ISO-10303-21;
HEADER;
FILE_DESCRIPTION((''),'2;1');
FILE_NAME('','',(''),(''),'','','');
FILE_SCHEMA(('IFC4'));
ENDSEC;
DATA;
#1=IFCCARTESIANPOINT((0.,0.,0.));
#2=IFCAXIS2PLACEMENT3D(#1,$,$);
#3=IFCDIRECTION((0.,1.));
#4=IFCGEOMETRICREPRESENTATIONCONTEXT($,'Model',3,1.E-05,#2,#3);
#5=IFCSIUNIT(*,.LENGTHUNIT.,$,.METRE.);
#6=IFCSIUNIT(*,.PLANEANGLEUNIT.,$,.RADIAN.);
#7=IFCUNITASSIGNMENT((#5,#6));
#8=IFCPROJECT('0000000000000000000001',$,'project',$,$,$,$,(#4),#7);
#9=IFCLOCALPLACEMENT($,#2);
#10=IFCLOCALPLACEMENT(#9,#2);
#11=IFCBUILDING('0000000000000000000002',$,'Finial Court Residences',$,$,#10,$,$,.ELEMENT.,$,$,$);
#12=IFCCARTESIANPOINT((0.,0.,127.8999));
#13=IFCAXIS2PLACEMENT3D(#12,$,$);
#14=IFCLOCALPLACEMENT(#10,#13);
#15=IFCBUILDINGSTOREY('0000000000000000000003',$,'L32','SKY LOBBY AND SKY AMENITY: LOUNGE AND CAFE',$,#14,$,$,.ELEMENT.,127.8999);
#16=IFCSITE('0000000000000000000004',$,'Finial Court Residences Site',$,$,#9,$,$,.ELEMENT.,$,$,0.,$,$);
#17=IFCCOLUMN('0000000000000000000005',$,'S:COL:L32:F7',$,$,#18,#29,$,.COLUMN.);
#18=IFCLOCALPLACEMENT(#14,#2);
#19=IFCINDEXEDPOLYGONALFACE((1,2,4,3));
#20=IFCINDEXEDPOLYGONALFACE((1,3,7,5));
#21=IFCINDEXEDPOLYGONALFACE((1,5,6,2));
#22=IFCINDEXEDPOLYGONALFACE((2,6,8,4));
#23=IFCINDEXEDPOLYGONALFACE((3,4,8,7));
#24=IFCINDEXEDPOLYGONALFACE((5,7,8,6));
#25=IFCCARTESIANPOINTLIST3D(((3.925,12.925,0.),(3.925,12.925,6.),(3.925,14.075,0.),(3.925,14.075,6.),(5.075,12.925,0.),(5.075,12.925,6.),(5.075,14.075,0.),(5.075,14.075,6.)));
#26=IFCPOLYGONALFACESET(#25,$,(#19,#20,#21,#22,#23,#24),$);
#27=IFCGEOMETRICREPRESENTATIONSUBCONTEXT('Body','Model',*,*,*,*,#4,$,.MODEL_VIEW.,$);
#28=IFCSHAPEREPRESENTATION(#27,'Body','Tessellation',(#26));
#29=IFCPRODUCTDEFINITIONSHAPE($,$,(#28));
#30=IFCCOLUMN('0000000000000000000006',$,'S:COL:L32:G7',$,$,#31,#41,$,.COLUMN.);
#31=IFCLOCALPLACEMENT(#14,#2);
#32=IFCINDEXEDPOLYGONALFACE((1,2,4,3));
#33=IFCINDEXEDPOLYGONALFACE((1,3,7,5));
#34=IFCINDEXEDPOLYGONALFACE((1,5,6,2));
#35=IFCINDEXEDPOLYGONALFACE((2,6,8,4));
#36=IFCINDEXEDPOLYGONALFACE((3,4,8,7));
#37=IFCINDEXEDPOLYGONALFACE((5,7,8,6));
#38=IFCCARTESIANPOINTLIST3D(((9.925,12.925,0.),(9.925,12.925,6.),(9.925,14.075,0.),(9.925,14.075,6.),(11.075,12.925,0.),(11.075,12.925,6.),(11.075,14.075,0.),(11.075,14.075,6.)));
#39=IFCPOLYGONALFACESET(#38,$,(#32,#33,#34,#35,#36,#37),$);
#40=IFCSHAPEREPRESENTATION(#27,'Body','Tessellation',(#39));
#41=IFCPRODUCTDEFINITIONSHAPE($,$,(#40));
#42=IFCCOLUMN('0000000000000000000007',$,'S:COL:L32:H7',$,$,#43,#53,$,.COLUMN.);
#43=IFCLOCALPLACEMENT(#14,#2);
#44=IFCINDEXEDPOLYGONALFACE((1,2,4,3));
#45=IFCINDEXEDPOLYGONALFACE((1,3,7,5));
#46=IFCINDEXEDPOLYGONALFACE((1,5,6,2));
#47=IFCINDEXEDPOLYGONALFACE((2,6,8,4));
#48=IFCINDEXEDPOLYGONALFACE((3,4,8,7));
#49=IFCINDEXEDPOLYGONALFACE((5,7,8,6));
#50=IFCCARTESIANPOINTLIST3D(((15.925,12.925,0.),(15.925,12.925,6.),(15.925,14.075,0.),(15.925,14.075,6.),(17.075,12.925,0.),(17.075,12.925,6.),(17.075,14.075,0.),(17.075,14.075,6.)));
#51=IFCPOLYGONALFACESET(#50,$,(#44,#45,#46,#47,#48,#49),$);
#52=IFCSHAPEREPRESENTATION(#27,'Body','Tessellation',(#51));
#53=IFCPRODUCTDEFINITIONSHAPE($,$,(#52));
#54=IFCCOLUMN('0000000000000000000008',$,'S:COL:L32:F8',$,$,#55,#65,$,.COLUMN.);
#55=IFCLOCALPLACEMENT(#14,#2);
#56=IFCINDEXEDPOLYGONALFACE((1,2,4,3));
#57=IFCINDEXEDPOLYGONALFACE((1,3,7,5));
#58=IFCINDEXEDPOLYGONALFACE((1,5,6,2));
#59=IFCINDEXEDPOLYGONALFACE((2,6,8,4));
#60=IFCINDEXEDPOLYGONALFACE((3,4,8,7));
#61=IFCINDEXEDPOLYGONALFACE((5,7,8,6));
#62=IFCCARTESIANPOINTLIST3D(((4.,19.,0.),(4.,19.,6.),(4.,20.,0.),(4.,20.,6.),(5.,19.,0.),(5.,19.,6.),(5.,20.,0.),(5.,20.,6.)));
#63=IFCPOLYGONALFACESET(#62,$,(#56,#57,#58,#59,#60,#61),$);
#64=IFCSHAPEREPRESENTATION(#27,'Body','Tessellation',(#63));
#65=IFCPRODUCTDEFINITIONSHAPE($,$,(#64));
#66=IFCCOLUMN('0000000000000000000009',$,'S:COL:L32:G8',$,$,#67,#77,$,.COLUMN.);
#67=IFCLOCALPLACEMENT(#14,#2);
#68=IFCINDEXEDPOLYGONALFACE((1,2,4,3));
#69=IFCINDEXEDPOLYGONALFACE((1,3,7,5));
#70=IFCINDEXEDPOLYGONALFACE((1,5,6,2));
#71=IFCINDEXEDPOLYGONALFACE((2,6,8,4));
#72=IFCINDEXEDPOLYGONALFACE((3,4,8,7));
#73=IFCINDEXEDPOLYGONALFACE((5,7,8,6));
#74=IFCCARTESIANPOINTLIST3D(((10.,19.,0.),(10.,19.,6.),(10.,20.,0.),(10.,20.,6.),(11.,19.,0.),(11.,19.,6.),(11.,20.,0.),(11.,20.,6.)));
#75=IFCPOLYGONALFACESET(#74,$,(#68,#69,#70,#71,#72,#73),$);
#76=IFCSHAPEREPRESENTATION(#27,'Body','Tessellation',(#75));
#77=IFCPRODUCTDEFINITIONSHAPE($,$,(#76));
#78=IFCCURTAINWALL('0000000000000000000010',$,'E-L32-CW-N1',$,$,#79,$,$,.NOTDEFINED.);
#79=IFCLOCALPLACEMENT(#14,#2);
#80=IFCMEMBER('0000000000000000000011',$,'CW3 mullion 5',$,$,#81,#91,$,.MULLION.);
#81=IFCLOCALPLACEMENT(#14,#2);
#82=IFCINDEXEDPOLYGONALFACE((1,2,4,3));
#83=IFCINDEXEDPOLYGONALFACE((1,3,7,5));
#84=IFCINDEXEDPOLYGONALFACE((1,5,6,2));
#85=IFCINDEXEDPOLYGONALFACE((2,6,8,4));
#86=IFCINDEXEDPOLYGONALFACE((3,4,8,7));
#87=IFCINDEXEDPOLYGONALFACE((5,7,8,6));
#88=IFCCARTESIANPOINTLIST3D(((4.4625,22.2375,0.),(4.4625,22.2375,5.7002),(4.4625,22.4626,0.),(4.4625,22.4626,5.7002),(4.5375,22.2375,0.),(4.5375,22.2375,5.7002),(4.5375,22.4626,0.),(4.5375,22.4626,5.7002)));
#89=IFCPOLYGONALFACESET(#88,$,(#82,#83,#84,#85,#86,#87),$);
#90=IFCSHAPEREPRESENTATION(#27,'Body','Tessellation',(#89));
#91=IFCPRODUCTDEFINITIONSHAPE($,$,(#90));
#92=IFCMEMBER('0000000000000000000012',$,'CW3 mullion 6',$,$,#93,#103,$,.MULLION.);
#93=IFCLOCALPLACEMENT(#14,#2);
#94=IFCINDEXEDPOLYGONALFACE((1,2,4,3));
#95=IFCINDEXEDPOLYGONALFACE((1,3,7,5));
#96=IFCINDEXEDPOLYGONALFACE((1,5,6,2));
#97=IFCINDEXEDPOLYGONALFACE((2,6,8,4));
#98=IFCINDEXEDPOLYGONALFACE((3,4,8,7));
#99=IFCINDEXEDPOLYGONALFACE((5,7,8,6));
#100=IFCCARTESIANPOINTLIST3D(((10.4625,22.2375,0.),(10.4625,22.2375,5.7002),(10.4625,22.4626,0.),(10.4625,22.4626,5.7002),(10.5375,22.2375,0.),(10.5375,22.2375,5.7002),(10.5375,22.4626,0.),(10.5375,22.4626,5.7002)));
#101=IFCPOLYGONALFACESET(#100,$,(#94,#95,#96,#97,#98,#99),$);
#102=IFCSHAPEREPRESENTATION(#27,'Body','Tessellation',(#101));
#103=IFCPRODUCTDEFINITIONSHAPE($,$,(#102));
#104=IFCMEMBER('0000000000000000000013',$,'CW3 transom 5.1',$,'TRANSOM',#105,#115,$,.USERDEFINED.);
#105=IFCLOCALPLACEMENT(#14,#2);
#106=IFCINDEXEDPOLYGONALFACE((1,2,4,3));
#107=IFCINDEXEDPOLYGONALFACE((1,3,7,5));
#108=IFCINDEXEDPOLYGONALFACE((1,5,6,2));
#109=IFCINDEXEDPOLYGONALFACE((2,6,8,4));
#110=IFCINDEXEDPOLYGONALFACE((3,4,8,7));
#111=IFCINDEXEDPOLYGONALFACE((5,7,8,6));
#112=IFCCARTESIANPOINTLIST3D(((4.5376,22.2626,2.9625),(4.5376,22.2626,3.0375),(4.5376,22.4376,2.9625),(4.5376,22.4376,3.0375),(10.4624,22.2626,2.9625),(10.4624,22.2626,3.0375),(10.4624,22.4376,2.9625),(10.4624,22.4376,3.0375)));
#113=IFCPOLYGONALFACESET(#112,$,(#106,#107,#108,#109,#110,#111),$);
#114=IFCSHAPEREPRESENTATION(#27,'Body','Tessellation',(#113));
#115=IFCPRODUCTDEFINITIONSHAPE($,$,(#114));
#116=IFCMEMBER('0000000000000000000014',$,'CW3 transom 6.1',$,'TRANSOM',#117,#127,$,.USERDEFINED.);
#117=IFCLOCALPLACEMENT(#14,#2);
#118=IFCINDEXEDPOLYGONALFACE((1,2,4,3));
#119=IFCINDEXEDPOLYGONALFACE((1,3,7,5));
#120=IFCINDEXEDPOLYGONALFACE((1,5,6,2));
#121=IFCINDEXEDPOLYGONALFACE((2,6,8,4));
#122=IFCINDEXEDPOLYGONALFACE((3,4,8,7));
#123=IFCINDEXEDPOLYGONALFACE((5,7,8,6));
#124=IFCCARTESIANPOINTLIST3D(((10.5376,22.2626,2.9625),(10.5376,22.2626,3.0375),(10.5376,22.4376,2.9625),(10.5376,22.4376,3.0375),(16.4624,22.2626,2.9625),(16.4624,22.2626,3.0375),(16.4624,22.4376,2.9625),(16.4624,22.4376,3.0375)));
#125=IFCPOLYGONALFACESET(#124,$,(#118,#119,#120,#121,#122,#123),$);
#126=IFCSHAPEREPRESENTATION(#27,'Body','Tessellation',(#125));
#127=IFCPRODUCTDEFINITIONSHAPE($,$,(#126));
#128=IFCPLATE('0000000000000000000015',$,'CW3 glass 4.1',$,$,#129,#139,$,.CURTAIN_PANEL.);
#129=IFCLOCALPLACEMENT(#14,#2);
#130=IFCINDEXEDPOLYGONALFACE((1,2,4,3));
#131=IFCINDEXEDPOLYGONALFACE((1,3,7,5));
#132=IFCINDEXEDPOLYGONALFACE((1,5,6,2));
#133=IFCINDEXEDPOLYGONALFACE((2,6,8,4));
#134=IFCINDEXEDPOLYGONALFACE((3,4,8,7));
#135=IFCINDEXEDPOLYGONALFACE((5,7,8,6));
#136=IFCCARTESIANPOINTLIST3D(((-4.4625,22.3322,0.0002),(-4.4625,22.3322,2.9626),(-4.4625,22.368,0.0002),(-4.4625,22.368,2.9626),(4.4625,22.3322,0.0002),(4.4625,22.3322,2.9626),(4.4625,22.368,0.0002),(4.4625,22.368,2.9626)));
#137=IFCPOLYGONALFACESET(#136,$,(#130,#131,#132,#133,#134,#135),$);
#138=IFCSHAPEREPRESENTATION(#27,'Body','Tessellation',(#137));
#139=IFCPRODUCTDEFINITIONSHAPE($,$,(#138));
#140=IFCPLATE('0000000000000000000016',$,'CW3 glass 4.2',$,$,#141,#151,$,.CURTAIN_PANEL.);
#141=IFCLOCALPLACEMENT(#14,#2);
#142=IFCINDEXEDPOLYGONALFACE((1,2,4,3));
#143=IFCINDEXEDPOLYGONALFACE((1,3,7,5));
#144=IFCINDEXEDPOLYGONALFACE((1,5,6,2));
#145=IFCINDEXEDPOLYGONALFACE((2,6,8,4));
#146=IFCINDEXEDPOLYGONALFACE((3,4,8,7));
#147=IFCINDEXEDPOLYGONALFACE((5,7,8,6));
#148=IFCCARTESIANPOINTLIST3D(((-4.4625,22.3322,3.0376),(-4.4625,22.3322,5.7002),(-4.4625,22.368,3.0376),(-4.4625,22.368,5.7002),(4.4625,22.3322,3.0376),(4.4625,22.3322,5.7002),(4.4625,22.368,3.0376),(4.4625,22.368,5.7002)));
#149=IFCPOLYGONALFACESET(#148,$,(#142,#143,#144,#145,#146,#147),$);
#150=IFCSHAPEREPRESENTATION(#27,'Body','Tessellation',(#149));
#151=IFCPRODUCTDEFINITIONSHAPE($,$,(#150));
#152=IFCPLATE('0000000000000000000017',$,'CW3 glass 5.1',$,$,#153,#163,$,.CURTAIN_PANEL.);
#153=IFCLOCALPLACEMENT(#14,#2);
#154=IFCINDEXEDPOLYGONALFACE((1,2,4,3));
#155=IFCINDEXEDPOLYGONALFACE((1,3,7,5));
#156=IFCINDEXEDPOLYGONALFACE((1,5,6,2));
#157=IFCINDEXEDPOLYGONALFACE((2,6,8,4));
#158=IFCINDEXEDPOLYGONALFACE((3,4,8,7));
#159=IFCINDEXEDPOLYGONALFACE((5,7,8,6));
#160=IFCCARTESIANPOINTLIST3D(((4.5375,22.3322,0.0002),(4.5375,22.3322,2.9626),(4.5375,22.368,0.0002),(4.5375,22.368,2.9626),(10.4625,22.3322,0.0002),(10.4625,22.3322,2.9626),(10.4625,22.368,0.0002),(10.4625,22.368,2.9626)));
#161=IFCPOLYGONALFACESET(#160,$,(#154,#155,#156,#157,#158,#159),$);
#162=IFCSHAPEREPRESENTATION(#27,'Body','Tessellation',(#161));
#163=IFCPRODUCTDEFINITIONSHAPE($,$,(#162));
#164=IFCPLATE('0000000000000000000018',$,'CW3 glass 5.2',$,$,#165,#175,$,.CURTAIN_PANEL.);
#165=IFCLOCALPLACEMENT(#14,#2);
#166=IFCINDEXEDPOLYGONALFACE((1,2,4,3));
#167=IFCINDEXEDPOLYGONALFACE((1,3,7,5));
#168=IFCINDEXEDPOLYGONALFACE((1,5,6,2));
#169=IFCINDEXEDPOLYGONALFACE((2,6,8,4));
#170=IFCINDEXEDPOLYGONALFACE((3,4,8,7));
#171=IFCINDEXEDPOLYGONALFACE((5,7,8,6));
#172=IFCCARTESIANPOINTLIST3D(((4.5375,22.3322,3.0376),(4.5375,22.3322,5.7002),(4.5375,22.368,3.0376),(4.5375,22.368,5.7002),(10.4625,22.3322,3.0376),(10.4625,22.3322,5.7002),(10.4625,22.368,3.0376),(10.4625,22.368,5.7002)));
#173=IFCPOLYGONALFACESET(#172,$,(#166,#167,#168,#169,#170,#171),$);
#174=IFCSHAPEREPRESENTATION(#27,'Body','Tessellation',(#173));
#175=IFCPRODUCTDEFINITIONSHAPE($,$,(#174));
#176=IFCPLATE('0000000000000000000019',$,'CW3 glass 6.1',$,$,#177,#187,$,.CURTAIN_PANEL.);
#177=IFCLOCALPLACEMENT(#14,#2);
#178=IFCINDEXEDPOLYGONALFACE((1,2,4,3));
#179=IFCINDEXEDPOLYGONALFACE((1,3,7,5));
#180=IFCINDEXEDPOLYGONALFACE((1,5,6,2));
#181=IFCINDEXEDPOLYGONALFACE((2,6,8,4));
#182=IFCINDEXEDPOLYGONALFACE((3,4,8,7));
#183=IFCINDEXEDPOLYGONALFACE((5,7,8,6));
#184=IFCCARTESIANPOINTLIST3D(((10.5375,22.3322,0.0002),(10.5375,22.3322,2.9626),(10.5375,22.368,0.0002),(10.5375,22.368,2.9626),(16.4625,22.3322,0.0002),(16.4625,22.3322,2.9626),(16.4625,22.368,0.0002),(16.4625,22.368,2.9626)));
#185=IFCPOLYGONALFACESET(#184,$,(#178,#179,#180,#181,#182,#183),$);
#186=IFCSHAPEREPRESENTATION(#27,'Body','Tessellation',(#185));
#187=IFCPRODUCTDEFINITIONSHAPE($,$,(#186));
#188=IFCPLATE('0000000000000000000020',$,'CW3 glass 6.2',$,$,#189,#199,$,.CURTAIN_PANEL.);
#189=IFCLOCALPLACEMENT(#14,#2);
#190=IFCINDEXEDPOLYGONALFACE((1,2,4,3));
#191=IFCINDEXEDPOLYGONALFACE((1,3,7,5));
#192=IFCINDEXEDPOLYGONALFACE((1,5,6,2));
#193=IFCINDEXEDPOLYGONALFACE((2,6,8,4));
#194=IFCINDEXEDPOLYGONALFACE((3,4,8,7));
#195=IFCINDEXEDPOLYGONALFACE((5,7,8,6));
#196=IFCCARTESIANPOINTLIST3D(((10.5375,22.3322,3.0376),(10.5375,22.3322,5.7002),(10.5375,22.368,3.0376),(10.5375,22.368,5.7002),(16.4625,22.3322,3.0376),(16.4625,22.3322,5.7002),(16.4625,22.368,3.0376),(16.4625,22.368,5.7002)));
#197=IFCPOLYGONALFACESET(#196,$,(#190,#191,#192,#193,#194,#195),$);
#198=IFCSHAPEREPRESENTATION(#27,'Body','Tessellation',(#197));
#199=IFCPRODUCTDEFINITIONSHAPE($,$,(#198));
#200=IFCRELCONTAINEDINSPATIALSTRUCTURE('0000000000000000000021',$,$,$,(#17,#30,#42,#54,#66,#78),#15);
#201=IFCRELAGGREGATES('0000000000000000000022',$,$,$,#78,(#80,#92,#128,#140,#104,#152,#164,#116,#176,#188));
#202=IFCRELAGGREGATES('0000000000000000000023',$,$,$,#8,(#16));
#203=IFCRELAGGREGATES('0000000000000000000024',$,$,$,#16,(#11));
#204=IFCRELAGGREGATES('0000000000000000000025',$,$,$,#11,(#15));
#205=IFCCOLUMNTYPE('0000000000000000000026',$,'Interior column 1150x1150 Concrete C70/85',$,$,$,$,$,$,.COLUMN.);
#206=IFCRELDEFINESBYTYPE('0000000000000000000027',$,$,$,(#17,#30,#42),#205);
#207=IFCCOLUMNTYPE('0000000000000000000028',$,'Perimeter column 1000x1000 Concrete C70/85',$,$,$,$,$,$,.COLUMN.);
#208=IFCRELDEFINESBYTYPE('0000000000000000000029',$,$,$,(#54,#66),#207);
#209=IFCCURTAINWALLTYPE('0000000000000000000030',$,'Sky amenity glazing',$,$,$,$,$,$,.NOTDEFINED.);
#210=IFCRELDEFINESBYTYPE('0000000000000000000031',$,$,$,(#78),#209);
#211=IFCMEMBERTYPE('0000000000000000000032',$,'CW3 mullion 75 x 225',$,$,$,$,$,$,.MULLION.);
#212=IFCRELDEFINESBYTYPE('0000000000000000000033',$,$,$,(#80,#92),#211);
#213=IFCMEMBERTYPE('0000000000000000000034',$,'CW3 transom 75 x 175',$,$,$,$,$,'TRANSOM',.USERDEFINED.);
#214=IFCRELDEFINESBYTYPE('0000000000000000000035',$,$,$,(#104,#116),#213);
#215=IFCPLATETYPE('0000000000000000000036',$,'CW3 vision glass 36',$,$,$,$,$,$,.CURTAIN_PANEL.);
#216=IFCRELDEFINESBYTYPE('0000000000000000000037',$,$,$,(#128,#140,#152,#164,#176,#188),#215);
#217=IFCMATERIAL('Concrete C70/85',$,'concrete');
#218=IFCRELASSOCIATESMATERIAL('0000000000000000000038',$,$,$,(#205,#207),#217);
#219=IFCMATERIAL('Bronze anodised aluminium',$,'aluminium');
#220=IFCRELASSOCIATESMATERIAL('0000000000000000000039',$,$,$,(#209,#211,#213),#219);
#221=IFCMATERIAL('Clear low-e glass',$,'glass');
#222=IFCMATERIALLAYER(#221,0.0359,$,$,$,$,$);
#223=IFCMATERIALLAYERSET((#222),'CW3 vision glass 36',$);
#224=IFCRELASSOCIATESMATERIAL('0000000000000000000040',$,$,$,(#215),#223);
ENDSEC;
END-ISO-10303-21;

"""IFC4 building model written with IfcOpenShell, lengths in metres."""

from ifc_helpers import new_model, si_unit, direction, frame, origin, origin_2d, place, context, subcontext, project, spatial, rectangle, extrude, material, layer, layer_set, material_profile, profile_set, type_object, element, aggregate, save


model = new_model("IFC4")

# Units and contexts
model_context = context("Model", 3, precision=1e-05, world=origin(), true_north=direction((0.0, 1.0)))
body_context = subcontext(model_context, "Body", "Model", "MODEL_VIEW")
ifc_project = project(units=[si_unit("LENGTHUNIT", "METRE"), si_unit("PLANEANGLEUNIT", "RADIAN")], contexts=[model_context])

# Site, building, storey
site_placement = place(None, origin())
site = spatial("IfcSite", under=ifc_project, at=site_placement, Name="Finial Court Residences Site", CompositionType="ELEMENT", RefElevation=0.0)
building_placement = place(site_placement, origin())
building = spatial("IfcBuilding", under=site, at=building_placement, Name="Finial Court Residences", CompositionType="ELEMENT")
storey_placement = place(building_placement, frame((0.0, 0.0, 127.8999)))
storey = spatial("IfcBuildingStorey", under=building, at=storey_placement, Name="L32", Description="SKY LOBBY AND SKY AMENITY: LOUNGE AND CAFE", CompositionType="ELEMENT", Elevation=127.8999)

# Columns
ifc_material_1 = material(Name="Concrete C70/85", Category="concrete")
ifc_material_profile_1 = material_profile(ifc_material_1, rectangle(XDim=1.1499, YDim=1.1499, at=origin_2d()), Name="1150x1150")
ifc_profile_set_1 = profile_set([ifc_material_profile_1], Name="Concrete C70/85")
column_type_1 = type_object("IfcColumnType", Name="Interior column 1150x1150 Concrete C70/85", PredefinedType="COLUMN", material=ifc_profile_set_1)
for number, where, z_axis, x_axis, name in (
    (1, (4.5, 13.5, 0.0), (0.0, 0.0, 1.0), (1.0, 0.0, 0.0), "S:COL:L32:F7"),
    (2, (10.5, 13.5, 0.0), (0.0, 0.0, 1.0), (1.0, 0.0, 0.0), "S:COL:L32:G7"),
    (3, (16.5, 13.5, 0.0), (0.0, 0.0, 1.0), (1.0, 0.0, 0.0), "S:COL:L32:H7"),
):
    element("IfcColumn", number, at=place(storey_placement, frame(where, z_axis=z_axis, x_axis=x_axis)), inside=storey, type_object=column_type_1, Name=name, PredefinedType="COLUMN", context=body_context, shape_type="SweptSolid", body=[
        extrude(rectangle(XDim=1.1499, YDim=1.1499, at=origin_2d()), origin(), (0.0, 0.0, 1.0), 6.0),
    ])
ifc_material_profile_2 = material_profile(ifc_material_1, rectangle(XDim=1.0, YDim=1.0, at=origin_2d()), Name="1000x1000")
ifc_profile_set_2 = profile_set([ifc_material_profile_2], Name="Concrete C70/85")
column_type_2 = type_object("IfcColumnType", Name="Perimeter column 1000x1000 Concrete C70/85", PredefinedType="COLUMN", material=ifc_profile_set_2)
for number, where, z_axis, x_axis, name in (
    (4, (4.5, 19.5, 0.0), (0.0, 0.0, 1.0), (1.0, 0.0, 0.0), "S:COL:L32:F8"),
    (5, (10.5, 19.5, 0.0), (0.0, 0.0, 1.0), (1.0, 0.0, 0.0), "S:COL:L32:G8"),
):
    element("IfcColumn", number, at=place(storey_placement, frame(where, z_axis=z_axis, x_axis=x_axis)), inside=storey, type_object=column_type_2, Name=name, PredefinedType="COLUMN", context=body_context, shape_type="SweptSolid", body=[
        extrude(rectangle(XDim=1.0, YDim=1.0, at=origin_2d()), origin(), (0.0, 0.0, 1.0), 6.0),
    ])

# Curtain wall, members, plates
ifc_material_2 = material(Name="Bronze anodised aluminium", Category="aluminium")
curtain_wall_type = type_object("IfcCurtainWallType", Name="Sky amenity glazing", PredefinedType="NOTDEFINED", material=ifc_material_2)
curtain_wall_placement = place(storey_placement, origin())
curtain_wall = element("IfcCurtainWall", 6, at=curtain_wall_placement, inside=storey, type_object=curtain_wall_type, Name="E-L32-CW-N1", PredefinedType="NOTDEFINED")
ifc_material_profile_3 = material_profile(ifc_material_2, rectangle(XDim=0.2251, YDim=0.075, at=origin_2d()), Name="CW3 mullion 75 x 225")
ifc_profile_set_3 = profile_set([ifc_material_profile_3], Name="Bronze anodised aluminium")
member_type_1 = type_object("IfcMemberType", Name="CW3 mullion 75 x 225", PredefinedType="MULLION", material=ifc_profile_set_3)
member_1_placement = place(storey_placement, frame((4.5, 22.3501, 0.0), z_axis=(0.0, 0.0, 1.0), x_axis=(0.0, 1.0, 0.0)))
member_1 = element("IfcMember", 7, at=member_1_placement, type_object=member_type_1, Name="CW3 mullion 5", PredefinedType="MULLION", context=body_context, shape_type="SweptSolid", body=[
    extrude(rectangle(XDim=0.2251, YDim=0.075, at=origin_2d()), origin(), (0.0, 0.0, 1.0), 5.7002),
])
member_2_placement = place(storey_placement, frame((10.5, 22.3501, 0.0), z_axis=(0.0, 0.0, 1.0), x_axis=(0.0, 1.0, 0.0)))
member_2 = element("IfcMember", 8, at=member_2_placement, type_object=member_type_1, Name="CW3 mullion 6", PredefinedType="MULLION", context=body_context, shape_type="SweptSolid", body=[
    extrude(rectangle(XDim=0.2251, YDim=0.075, at=origin_2d()), origin(), (0.0, 0.0, 1.0), 5.7002),
])
ifc_material_profile_4 = material_profile(ifc_material_2, rectangle(XDim=0.175, YDim=0.075, at=origin_2d()), Name="CW3 transom 75 x 175")
ifc_profile_set_4 = profile_set([ifc_material_profile_4], Name="Bronze anodised aluminium")
member_type_2 = type_object("IfcMemberType", Name="CW3 transom 75 x 175", ElementType="TRANSOM", PredefinedType="USERDEFINED", material=ifc_profile_set_4)
member_3_placement = place(storey_placement, frame((4.5376, 22.3501, 3.0), z_axis=(1.0, 0.0, 0.0), x_axis=(0.0, 1.0, 0.0)))
member_3 = element("IfcMember", 9, at=member_3_placement, type_object=member_type_2, Name="CW3 transom 5.1", ObjectType="TRANSOM", PredefinedType="USERDEFINED", context=body_context, shape_type="SweptSolid", body=[
    extrude(rectangle(XDim=0.175, YDim=0.075, at=origin_2d()), origin(), (0.0, 0.0, 1.0), 5.9248),
])
member_4_placement = place(storey_placement, frame((10.5376, 22.3501, 3.0), z_axis=(1.0, 0.0, 0.0), x_axis=(0.0, 1.0, 0.0)))
member_4 = element("IfcMember", 10, at=member_4_placement, type_object=member_type_2, Name="CW3 transom 6.1", ObjectType="TRANSOM", PredefinedType="USERDEFINED", context=body_context, shape_type="SweptSolid", body=[
    extrude(rectangle(XDim=0.175, YDim=0.075, at=origin_2d()), origin(), (0.0, 0.0, 1.0), 5.9248),
])
ifc_material_3 = material(Name="Clear low-e glass", Category="glass")
ifc_layer_1 = layer(ifc_material_3, 0.0359)
ifc_layer_set_1 = layer_set([ifc_layer_1], Name="CW3 vision glass 36")
plate_type = type_object("IfcPlateType", Name="CW3 vision glass 36", PredefinedType="CURTAIN_PANEL", material=ifc_layer_set_1)
plate_1_placement = place(storey_placement, frame((0.0, 22.3501, 0.0002), z_axis=(0.0, 0.0, 1.0), x_axis=(1.0, 0.0, 0.0)))
plate_1 = element("IfcPlate", 11, at=plate_1_placement, type_object=plate_type, Name="CW3 glass 4.1", PredefinedType="CURTAIN_PANEL", context=body_context, shape_type="SweptSolid", body=[
    extrude(rectangle(XDim=8.925, YDim=0.0359, at=origin_2d()), origin(), (0.0, 0.0, 1.0), 2.9624),
])
plate_2_placement = place(storey_placement, frame((0.0, 22.3501, 3.0376), z_axis=(0.0, 0.0, 1.0), x_axis=(1.0, 0.0, 0.0)))
plate_2 = element("IfcPlate", 12, at=plate_2_placement, type_object=plate_type, Name="CW3 glass 4.2", PredefinedType="CURTAIN_PANEL", context=body_context, shape_type="SweptSolid", body=[
    extrude(rectangle(XDim=8.925, YDim=0.0359, at=origin_2d()), origin(), (0.0, 0.0, 1.0), 2.6626),
])
plate_3_placement = place(storey_placement, frame((7.5, 22.3501, 0.0002), z_axis=(0.0, 0.0, 1.0), x_axis=(1.0, 0.0, 0.0)))
plate_3 = element("IfcPlate", 13, at=plate_3_placement, type_object=plate_type, Name="CW3 glass 5.1", PredefinedType="CURTAIN_PANEL", context=body_context, shape_type="SweptSolid", body=[
    extrude(rectangle(XDim=5.925, YDim=0.0359, at=origin_2d()), origin(), (0.0, 0.0, 1.0), 2.9624),
])
plate_4_placement = place(storey_placement, frame((7.5, 22.3501, 3.0376), z_axis=(0.0, 0.0, 1.0), x_axis=(1.0, 0.0, 0.0)))
plate_4 = element("IfcPlate", 14, at=plate_4_placement, type_object=plate_type, Name="CW3 glass 5.2", PredefinedType="CURTAIN_PANEL", context=body_context, shape_type="SweptSolid", body=[
    extrude(rectangle(XDim=5.925, YDim=0.0359, at=origin_2d()), origin(), (0.0, 0.0, 1.0), 2.6626),
])
plate_5_placement = place(storey_placement, frame((13.5, 22.3501, 0.0002), z_axis=(0.0, 0.0, 1.0), x_axis=(1.0, 0.0, 0.0)))
plate_5 = element("IfcPlate", 15, at=plate_5_placement, type_object=plate_type, Name="CW3 glass 6.1", PredefinedType="CURTAIN_PANEL", context=body_context, shape_type="SweptSolid", body=[
    extrude(rectangle(XDim=5.925, YDim=0.0359, at=origin_2d()), origin(), (0.0, 0.0, 1.0), 2.9624),
])
plate_6_placement = place(storey_placement, frame((13.5, 22.3501, 3.0376), z_axis=(0.0, 0.0, 1.0), x_axis=(1.0, 0.0, 0.0)))
plate_6 = element("IfcPlate", 16, at=plate_6_placement, type_object=plate_type, Name="CW3 glass 6.2", PredefinedType="CURTAIN_PANEL", context=body_context, shape_type="SweptSolid", body=[
    extrude(rectangle(XDim=5.925, YDim=0.0359, at=origin_2d()), origin(), (0.0, 0.0, 1.0), 2.6626),
])
aggregate(curtain_wall, [member_1, member_2, plate_1, plate_2, member_3, plate_3, plate_4, member_4, plate_5, plate_6])

save(model, "model.ifc")
